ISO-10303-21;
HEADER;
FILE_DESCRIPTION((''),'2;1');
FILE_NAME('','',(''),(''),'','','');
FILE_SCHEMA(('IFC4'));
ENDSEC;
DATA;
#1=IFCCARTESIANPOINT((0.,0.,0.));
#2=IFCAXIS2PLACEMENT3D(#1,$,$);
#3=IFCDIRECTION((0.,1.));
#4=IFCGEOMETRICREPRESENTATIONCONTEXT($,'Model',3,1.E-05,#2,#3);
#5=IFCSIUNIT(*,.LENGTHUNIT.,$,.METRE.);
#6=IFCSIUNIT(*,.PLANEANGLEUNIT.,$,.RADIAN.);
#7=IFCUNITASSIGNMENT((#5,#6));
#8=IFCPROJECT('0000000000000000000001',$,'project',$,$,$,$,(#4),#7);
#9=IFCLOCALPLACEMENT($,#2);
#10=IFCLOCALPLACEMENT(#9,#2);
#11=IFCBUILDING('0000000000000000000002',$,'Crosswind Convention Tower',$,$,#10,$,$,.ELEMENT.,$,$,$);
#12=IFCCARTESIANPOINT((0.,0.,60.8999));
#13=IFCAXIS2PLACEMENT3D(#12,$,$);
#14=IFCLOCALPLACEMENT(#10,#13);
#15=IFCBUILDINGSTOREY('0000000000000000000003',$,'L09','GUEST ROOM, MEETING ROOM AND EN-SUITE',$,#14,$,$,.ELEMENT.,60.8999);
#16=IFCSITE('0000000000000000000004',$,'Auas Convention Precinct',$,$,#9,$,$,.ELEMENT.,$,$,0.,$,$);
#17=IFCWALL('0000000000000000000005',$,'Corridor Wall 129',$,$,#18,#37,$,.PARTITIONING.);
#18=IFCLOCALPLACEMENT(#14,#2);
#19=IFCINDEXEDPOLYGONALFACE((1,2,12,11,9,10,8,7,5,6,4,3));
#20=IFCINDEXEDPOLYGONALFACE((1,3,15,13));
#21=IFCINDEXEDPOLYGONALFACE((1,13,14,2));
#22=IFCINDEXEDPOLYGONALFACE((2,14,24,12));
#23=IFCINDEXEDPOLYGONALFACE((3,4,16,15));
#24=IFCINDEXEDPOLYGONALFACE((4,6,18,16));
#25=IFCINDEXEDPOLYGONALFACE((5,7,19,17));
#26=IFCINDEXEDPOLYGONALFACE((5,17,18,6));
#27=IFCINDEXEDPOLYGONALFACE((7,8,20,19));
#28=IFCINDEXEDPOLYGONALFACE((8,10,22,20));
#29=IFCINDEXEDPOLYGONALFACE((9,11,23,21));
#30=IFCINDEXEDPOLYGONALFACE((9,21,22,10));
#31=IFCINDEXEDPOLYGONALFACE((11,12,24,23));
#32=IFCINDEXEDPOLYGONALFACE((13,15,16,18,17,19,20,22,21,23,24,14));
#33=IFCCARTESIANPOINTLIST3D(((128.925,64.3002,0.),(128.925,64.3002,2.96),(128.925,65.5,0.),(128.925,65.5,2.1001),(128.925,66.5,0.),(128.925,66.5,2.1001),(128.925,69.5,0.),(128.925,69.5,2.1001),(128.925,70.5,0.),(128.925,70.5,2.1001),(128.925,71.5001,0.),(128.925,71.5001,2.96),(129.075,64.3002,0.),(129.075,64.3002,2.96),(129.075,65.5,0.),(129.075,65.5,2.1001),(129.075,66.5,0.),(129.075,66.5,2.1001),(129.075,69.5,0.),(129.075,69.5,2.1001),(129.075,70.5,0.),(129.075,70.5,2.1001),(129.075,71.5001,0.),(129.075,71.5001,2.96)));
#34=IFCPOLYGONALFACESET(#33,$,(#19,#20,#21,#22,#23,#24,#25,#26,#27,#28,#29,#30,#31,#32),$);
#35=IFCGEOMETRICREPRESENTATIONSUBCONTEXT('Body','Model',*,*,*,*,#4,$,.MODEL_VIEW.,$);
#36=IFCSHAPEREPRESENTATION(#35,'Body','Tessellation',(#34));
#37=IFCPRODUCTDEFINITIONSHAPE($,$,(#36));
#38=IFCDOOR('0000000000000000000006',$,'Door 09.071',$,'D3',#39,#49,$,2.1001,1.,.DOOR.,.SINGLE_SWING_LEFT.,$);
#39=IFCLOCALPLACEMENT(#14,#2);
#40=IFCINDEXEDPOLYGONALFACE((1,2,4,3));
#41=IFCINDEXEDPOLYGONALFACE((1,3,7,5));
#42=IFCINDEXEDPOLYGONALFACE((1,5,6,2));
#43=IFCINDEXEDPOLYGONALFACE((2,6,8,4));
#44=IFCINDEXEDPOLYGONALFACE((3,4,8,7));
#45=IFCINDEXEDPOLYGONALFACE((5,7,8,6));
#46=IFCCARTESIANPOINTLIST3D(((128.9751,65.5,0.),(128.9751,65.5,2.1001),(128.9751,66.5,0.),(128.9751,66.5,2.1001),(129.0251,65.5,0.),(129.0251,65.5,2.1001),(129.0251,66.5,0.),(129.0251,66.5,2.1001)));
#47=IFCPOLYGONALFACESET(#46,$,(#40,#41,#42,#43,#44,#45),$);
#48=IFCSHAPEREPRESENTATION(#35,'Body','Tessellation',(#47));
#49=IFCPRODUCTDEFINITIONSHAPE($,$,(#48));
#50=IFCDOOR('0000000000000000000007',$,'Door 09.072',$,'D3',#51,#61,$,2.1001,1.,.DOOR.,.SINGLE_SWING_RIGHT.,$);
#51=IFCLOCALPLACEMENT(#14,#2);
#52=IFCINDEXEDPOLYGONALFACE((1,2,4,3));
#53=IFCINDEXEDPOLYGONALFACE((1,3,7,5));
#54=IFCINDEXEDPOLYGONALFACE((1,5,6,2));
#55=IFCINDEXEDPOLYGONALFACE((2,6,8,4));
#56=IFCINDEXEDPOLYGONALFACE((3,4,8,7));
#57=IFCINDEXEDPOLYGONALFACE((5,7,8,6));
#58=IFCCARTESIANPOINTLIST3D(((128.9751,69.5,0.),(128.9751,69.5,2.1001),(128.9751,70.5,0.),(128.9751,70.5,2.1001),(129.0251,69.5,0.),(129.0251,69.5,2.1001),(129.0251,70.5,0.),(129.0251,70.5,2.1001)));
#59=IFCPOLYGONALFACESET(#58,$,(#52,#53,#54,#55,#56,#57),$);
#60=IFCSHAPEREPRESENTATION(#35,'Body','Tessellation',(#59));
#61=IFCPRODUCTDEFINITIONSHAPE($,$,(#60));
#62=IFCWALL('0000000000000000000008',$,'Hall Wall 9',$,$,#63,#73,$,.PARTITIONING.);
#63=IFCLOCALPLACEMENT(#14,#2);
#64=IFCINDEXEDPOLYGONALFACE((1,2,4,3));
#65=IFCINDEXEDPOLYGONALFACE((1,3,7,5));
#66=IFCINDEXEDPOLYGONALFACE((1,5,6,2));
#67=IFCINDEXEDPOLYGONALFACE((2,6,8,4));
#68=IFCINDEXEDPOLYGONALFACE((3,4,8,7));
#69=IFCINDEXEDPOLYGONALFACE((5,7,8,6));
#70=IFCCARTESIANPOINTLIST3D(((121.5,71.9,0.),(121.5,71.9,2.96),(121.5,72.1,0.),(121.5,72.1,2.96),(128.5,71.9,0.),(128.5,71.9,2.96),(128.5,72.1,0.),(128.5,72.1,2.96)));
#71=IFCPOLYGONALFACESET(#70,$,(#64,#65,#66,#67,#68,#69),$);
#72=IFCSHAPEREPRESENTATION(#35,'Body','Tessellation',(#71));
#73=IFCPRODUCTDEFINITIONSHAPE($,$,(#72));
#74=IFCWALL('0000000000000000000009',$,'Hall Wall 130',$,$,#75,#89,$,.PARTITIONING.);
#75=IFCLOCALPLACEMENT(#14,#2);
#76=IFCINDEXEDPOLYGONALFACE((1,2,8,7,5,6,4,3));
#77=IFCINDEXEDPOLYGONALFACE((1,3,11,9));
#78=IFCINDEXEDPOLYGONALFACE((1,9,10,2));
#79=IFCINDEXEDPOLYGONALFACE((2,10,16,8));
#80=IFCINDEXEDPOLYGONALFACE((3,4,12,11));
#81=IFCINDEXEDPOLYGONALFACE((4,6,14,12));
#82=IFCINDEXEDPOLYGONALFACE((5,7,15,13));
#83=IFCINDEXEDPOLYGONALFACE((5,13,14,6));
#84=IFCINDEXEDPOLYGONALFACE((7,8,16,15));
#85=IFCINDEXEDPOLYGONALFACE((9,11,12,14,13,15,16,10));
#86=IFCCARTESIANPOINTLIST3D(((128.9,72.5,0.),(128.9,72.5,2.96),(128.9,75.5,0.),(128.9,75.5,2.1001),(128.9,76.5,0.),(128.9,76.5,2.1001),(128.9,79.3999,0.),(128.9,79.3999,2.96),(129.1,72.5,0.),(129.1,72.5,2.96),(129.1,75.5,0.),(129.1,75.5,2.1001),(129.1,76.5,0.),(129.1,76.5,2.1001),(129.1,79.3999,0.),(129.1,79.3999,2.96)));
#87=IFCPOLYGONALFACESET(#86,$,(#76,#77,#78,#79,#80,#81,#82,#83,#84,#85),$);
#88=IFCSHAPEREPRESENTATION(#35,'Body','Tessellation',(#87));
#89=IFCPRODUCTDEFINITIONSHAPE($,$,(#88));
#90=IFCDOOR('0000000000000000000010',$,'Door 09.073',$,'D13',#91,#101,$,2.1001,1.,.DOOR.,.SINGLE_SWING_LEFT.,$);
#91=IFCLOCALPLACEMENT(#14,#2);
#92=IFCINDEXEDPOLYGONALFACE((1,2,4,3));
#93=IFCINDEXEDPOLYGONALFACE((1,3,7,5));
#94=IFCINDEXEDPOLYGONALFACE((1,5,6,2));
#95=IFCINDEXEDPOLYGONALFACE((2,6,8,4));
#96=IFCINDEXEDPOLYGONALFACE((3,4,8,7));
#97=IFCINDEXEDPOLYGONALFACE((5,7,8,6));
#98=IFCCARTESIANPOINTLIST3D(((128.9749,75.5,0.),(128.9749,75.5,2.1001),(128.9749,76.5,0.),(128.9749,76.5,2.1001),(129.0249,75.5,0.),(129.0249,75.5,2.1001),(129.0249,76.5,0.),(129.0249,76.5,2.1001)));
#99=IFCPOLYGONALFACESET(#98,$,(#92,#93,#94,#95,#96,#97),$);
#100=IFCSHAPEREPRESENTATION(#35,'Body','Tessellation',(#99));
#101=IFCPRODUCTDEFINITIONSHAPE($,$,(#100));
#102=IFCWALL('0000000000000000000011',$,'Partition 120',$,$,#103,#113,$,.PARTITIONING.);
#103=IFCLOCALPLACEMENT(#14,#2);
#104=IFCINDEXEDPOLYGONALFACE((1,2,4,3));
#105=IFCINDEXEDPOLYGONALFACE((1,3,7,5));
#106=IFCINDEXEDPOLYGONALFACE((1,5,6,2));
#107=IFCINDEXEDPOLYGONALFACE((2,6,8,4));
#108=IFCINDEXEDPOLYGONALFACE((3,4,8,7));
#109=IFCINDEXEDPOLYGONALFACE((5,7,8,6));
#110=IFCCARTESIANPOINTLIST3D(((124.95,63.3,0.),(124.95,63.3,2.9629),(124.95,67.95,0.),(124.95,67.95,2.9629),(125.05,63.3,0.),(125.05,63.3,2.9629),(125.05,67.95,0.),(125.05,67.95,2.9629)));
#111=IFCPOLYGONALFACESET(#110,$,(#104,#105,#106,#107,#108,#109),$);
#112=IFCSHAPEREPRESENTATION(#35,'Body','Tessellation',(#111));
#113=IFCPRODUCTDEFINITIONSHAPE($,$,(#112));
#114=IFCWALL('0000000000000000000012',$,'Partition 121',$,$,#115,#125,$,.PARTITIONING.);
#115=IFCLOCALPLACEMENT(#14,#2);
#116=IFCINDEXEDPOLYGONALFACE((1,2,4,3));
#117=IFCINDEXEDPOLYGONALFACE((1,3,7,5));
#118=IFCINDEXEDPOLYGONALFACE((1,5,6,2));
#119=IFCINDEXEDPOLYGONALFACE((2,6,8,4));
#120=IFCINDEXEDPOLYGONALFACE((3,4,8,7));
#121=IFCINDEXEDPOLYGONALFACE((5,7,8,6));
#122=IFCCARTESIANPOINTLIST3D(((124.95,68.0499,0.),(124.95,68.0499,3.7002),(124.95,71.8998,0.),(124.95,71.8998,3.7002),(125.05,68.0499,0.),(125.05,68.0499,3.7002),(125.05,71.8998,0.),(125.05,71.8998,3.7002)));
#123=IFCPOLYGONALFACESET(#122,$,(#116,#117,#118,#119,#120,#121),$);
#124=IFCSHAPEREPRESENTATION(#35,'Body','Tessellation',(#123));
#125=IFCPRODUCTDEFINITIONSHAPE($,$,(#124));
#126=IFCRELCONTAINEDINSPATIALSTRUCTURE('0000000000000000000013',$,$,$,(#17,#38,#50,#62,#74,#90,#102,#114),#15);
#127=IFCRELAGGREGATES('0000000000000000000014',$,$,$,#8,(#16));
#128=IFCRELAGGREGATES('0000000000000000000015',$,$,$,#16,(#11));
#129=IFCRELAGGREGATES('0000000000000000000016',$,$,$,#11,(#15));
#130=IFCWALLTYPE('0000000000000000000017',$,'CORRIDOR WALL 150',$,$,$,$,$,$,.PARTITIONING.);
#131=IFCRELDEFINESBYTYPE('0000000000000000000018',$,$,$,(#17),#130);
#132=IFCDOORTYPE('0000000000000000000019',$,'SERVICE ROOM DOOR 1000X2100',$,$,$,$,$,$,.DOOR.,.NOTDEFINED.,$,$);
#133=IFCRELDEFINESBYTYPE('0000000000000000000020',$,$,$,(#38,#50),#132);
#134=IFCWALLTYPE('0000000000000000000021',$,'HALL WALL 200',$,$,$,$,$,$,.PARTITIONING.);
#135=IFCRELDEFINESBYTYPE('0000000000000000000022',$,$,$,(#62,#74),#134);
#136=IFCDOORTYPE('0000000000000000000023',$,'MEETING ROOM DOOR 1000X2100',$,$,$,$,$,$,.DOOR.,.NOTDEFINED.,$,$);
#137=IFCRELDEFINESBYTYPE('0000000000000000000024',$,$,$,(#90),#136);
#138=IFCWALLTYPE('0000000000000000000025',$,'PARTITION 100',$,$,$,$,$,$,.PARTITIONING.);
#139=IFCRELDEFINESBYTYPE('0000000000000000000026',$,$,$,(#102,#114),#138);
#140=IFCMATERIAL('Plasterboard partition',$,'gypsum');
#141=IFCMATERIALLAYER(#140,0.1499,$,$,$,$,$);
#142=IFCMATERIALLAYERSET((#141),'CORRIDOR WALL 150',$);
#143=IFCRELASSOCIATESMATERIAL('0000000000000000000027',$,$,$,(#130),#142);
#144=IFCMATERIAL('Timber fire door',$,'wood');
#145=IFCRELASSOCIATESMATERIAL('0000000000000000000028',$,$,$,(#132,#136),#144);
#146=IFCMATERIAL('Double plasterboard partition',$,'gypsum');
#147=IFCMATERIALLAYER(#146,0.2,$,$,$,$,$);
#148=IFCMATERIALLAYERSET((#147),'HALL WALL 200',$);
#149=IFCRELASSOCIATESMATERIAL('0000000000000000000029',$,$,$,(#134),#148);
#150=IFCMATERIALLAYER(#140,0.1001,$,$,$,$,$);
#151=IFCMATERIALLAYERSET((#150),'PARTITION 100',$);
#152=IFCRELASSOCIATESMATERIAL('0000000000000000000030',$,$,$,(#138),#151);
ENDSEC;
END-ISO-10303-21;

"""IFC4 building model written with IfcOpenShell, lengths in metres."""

from ifc_helpers import new_model, si_unit, direction, frame, frame_2d, origin, place, context, subcontext, project, spatial, rectangle, extrude, material, layer, layer_set, type_object, element, fill, save


model = new_model("IFC4")

# Units and contexts
model_context = context("Model", 3, precision=1e-05, world=origin(), true_north=direction((0.0, 1.0)))
body_context = subcontext(model_context, "Body", "Model", "MODEL_VIEW")
ifc_project = project(units=[si_unit("LENGTHUNIT", "METRE"), si_unit("PLANEANGLEUNIT", "RADIAN")], contexts=[model_context])

# Site, building, storey
site_placement = place(None, origin())
site = spatial("IfcSite", under=ifc_project, at=site_placement, Name="Auas Convention Precinct", CompositionType="ELEMENT", RefElevation=0.0)
building_placement = place(site_placement, origin())
building = spatial("IfcBuilding", under=site, at=building_placement, Name="Crosswind Convention Tower", CompositionType="ELEMENT")
storey_placement = place(building_placement, frame((0.0, 0.0, 60.8999)))
storey = spatial("IfcBuildingStorey", under=building, at=storey_placement, Name="L09", Description="GUEST ROOM, MEETING ROOM AND EN-SUITE", CompositionType="ELEMENT", Elevation=60.8999)

# Shared definitions
ifc_material_1 = material(Name="Plasterboard partition", Category="gypsum")
ifc_layer_1 = layer(ifc_material_1, 0.1499)
ifc_layer_set_1 = layer_set([ifc_layer_1], Name="CORRIDOR WALL 150")
wall_type_1 = type_object("IfcWallType", Name="CORRIDOR WALL 150", PredefinedType="PARTITIONING", material=ifc_layer_set_1)

# Wall, openings, doors
wall_1_placement = place(storey_placement, frame((129.0, 64.3, 0.0), z_axis=(0.0, 0.0, 1.0), x_axis=(0.0, 1.0, 0.0)))
wall_1 = element("IfcWall", 1, at=wall_1_placement, inside=storey, type_object=wall_type_1, Name="Corridor Wall 129", PredefinedType="PARTITIONING", context=body_context, shape_type="SweptSolid", body=[
    extrude(rectangle(XDim=7.2, YDim=0.1499, at=frame_2d((3.6001, 0.0))), origin(), (0.0, 0.0, 1.0), 2.96),
])
opening_1_placement = place(wall_1_placement, frame((1.2, 0.0, 0.0)))
opening_1 = element("IfcOpeningElement", 2, at=opening_1_placement, cuts=wall_1, PredefinedType="OPENING", context=body_context, shape_type="SweptSolid", body=[
    extrude(rectangle(XDim=1.0, YDim=2.1001, at=frame_2d((0.5, 1.05))), frame((0.0, 0.085, 0.0), z_axis=(0.0, -1.0, 0.0), x_axis=(1.0, 0.0, 0.0)), (0.0, 0.0, 1.0), 0.1699),
])
opening_2_placement = place(wall_1_placement, frame((5.2, 0.0, 0.0)))
opening_2 = element("IfcOpeningElement", 3, at=opening_2_placement, cuts=wall_1, PredefinedType="OPENING", context=body_context, shape_type="SweptSolid", body=[
    extrude(rectangle(XDim=1.0, YDim=2.1001, at=frame_2d((0.5, 1.05))), frame((0.0, 0.085, 0.0), z_axis=(0.0, -1.0, 0.0), x_axis=(1.0, 0.0, 0.0)), (0.0, 0.0, 1.0), 0.1699),
])
ifc_material_2 = material(Name="Timber fire door", Category="wood")
door_type_1 = type_object("IfcDoorType", Name="SERVICE ROOM DOOR 1000X2100", OperationType="NOTDEFINED", PredefinedType="DOOR", material=ifc_material_2)
door_1_placement = place(opening_1_placement, origin())
door_1 = element("IfcDoor", 4, at=door_1_placement, inside=storey, type_object=door_type_1, Name="Door 09.071", ObjectType="D3", OperationType="SINGLE_SWING_LEFT", OverallHeight=2.1001, OverallWidth=1.0, PredefinedType="DOOR", context=body_context, shape_type="SweptSolid", body=[
    extrude(rectangle(XDim=1.0, YDim=2.1001, at=frame_2d((0.5, 1.05))), frame((0.0, 0.0249, 0.0), z_axis=(0.0, -1.0, 0.0), x_axis=(1.0, 0.0, 0.0)), (0.0, 0.0, 1.0), 0.05),
])
fill(opening_1, door_1)
door_2_placement = place(opening_2_placement, origin())
door_2 = element("IfcDoor", 5, at=door_2_placement, inside=storey, type_object=door_type_1, Name="Door 09.072", ObjectType="D3", OperationType="SINGLE_SWING_RIGHT", OverallHeight=2.1001, OverallWidth=1.0, PredefinedType="DOOR", context=body_context, shape_type="SweptSolid", body=[
    extrude(rectangle(XDim=1.0, YDim=2.1001, at=frame_2d((0.5, 1.05))), frame((0.0, 0.0249, 0.0), z_axis=(0.0, -1.0, 0.0), x_axis=(1.0, 0.0, 0.0)), (0.0, 0.0, 1.0), 0.05),
])
fill(opening_2, door_2)

# Wall
ifc_material_3 = material(Name="Double plasterboard partition", Category="gypsum")
ifc_layer_2 = layer(ifc_material_3, 0.2)
ifc_layer_set_2 = layer_set([ifc_layer_2], Name="HALL WALL 200")
wall_type_2 = type_object("IfcWallType", Name="HALL WALL 200", PredefinedType="PARTITIONING", material=ifc_layer_set_2)
wall_2_placement = place(storey_placement, frame((121.5, 72.0, 0.0), z_axis=(0.0, 0.0, 1.0), x_axis=(1.0, 0.0, 0.0)))
element("IfcWall", 6, at=wall_2_placement, inside=storey, type_object=wall_type_2, Name="Hall Wall 9", PredefinedType="PARTITIONING", context=body_context, shape_type="SweptSolid", body=[
    extrude(rectangle(XDim=7.0, YDim=0.2, at=frame_2d((3.5, 0.0))), origin(), (0.0, 0.0, 1.0), 2.96),
])

# Wall, opening, door
wall_3_placement = place(storey_placement, frame((129.0, 72.5, 0.0), z_axis=(0.0, 0.0, 1.0), x_axis=(0.0, 1.0, 0.0)))
wall_3 = element("IfcWall", 7, at=wall_3_placement, inside=storey, type_object=wall_type_2, Name="Hall Wall 130", PredefinedType="PARTITIONING", context=body_context, shape_type="SweptSolid", body=[
    extrude(rectangle(XDim=6.8999, YDim=0.2, at=frame_2d((3.45, 0.0))), origin(), (0.0, 0.0, 1.0), 2.96),
])
opening_3_placement = place(wall_3_placement, frame((3.0, 0.0, 0.0)))
opening_3 = element("IfcOpeningElement", 8, at=opening_3_placement, cuts=wall_3, PredefinedType="OPENING", context=body_context, shape_type="SweptSolid", body=[
    extrude(rectangle(XDim=1.0, YDim=2.1001, at=frame_2d((0.5, 1.05))), frame((0.0, 0.1099, 0.0), z_axis=(0.0, -1.0, 0.0), x_axis=(1.0, 0.0, 0.0)), (0.0, 0.0, 1.0), 0.22),
])
door_type_2 = type_object("IfcDoorType", Name="MEETING ROOM DOOR 1000X2100", OperationType="NOTDEFINED", PredefinedType="DOOR", material=ifc_material_2)
door_3_placement = place(opening_3_placement, frame((1.0, 0.0, 0.0), z_axis=(0.0, 0.0, 1.0), x_axis=(-1.0, 0.0, 0.0)))
door_3 = element("IfcDoor", 9, at=door_3_placement, inside=storey, type_object=door_type_2, Name="Door 09.073", ObjectType="D13", OperationType="SINGLE_SWING_LEFT", OverallHeight=2.1001, OverallWidth=1.0, PredefinedType="DOOR", context=body_context, shape_type="SweptSolid", body=[
    extrude(rectangle(XDim=1.0, YDim=2.1001, at=frame_2d((0.5, 1.05))), frame((0.0, 0.0249, 0.0), z_axis=(0.0, -1.0, 0.0), x_axis=(1.0, 0.0, 0.0)), (0.0, 0.0, 1.0), 0.05),
])
fill(opening_3, door_3)

# Walls
ifc_layer_3 = layer(ifc_material_1, 0.1001)
ifc_layer_set_3 = layer_set([ifc_layer_3], Name="PARTITION 100")
wall_type_3 = type_object("IfcWallType", Name="PARTITION 100", PredefinedType="PARTITIONING", material=ifc_layer_set_3)
wall_4_placement = place(storey_placement, frame((125.0, 63.3, 0.0), z_axis=(0.0, 0.0, 1.0), x_axis=(0.0, 1.0, 0.0)))
element("IfcWall", 10, at=wall_4_placement, inside=storey, type_object=wall_type_3, Name="Partition 120", PredefinedType="PARTITIONING", context=body_context, shape_type="SweptSolid", body=[
    extrude(rectangle(XDim=4.6499, YDim=0.1001, at=frame_2d((2.325, 0.0))), origin(), (0.0, 0.0, 1.0), 2.9629),
])
wall_5_placement = place(storey_placement, frame((125.0, 68.05, 0.0), z_axis=(0.0, 0.0, 1.0), x_axis=(0.0, 1.0, 0.0)))
element("IfcWall", 11, at=wall_5_placement, inside=storey, type_object=wall_type_3, Name="Partition 121", PredefinedType="PARTITIONING", context=body_context, shape_type="SweptSolid", body=[
    extrude(rectangle(XDim=3.8499, YDim=0.1001, at=frame_2d((1.9248, 0.0))), origin(), (0.0, 0.0, 1.0), 3.7002),
])

save(model, "model.ifc")
